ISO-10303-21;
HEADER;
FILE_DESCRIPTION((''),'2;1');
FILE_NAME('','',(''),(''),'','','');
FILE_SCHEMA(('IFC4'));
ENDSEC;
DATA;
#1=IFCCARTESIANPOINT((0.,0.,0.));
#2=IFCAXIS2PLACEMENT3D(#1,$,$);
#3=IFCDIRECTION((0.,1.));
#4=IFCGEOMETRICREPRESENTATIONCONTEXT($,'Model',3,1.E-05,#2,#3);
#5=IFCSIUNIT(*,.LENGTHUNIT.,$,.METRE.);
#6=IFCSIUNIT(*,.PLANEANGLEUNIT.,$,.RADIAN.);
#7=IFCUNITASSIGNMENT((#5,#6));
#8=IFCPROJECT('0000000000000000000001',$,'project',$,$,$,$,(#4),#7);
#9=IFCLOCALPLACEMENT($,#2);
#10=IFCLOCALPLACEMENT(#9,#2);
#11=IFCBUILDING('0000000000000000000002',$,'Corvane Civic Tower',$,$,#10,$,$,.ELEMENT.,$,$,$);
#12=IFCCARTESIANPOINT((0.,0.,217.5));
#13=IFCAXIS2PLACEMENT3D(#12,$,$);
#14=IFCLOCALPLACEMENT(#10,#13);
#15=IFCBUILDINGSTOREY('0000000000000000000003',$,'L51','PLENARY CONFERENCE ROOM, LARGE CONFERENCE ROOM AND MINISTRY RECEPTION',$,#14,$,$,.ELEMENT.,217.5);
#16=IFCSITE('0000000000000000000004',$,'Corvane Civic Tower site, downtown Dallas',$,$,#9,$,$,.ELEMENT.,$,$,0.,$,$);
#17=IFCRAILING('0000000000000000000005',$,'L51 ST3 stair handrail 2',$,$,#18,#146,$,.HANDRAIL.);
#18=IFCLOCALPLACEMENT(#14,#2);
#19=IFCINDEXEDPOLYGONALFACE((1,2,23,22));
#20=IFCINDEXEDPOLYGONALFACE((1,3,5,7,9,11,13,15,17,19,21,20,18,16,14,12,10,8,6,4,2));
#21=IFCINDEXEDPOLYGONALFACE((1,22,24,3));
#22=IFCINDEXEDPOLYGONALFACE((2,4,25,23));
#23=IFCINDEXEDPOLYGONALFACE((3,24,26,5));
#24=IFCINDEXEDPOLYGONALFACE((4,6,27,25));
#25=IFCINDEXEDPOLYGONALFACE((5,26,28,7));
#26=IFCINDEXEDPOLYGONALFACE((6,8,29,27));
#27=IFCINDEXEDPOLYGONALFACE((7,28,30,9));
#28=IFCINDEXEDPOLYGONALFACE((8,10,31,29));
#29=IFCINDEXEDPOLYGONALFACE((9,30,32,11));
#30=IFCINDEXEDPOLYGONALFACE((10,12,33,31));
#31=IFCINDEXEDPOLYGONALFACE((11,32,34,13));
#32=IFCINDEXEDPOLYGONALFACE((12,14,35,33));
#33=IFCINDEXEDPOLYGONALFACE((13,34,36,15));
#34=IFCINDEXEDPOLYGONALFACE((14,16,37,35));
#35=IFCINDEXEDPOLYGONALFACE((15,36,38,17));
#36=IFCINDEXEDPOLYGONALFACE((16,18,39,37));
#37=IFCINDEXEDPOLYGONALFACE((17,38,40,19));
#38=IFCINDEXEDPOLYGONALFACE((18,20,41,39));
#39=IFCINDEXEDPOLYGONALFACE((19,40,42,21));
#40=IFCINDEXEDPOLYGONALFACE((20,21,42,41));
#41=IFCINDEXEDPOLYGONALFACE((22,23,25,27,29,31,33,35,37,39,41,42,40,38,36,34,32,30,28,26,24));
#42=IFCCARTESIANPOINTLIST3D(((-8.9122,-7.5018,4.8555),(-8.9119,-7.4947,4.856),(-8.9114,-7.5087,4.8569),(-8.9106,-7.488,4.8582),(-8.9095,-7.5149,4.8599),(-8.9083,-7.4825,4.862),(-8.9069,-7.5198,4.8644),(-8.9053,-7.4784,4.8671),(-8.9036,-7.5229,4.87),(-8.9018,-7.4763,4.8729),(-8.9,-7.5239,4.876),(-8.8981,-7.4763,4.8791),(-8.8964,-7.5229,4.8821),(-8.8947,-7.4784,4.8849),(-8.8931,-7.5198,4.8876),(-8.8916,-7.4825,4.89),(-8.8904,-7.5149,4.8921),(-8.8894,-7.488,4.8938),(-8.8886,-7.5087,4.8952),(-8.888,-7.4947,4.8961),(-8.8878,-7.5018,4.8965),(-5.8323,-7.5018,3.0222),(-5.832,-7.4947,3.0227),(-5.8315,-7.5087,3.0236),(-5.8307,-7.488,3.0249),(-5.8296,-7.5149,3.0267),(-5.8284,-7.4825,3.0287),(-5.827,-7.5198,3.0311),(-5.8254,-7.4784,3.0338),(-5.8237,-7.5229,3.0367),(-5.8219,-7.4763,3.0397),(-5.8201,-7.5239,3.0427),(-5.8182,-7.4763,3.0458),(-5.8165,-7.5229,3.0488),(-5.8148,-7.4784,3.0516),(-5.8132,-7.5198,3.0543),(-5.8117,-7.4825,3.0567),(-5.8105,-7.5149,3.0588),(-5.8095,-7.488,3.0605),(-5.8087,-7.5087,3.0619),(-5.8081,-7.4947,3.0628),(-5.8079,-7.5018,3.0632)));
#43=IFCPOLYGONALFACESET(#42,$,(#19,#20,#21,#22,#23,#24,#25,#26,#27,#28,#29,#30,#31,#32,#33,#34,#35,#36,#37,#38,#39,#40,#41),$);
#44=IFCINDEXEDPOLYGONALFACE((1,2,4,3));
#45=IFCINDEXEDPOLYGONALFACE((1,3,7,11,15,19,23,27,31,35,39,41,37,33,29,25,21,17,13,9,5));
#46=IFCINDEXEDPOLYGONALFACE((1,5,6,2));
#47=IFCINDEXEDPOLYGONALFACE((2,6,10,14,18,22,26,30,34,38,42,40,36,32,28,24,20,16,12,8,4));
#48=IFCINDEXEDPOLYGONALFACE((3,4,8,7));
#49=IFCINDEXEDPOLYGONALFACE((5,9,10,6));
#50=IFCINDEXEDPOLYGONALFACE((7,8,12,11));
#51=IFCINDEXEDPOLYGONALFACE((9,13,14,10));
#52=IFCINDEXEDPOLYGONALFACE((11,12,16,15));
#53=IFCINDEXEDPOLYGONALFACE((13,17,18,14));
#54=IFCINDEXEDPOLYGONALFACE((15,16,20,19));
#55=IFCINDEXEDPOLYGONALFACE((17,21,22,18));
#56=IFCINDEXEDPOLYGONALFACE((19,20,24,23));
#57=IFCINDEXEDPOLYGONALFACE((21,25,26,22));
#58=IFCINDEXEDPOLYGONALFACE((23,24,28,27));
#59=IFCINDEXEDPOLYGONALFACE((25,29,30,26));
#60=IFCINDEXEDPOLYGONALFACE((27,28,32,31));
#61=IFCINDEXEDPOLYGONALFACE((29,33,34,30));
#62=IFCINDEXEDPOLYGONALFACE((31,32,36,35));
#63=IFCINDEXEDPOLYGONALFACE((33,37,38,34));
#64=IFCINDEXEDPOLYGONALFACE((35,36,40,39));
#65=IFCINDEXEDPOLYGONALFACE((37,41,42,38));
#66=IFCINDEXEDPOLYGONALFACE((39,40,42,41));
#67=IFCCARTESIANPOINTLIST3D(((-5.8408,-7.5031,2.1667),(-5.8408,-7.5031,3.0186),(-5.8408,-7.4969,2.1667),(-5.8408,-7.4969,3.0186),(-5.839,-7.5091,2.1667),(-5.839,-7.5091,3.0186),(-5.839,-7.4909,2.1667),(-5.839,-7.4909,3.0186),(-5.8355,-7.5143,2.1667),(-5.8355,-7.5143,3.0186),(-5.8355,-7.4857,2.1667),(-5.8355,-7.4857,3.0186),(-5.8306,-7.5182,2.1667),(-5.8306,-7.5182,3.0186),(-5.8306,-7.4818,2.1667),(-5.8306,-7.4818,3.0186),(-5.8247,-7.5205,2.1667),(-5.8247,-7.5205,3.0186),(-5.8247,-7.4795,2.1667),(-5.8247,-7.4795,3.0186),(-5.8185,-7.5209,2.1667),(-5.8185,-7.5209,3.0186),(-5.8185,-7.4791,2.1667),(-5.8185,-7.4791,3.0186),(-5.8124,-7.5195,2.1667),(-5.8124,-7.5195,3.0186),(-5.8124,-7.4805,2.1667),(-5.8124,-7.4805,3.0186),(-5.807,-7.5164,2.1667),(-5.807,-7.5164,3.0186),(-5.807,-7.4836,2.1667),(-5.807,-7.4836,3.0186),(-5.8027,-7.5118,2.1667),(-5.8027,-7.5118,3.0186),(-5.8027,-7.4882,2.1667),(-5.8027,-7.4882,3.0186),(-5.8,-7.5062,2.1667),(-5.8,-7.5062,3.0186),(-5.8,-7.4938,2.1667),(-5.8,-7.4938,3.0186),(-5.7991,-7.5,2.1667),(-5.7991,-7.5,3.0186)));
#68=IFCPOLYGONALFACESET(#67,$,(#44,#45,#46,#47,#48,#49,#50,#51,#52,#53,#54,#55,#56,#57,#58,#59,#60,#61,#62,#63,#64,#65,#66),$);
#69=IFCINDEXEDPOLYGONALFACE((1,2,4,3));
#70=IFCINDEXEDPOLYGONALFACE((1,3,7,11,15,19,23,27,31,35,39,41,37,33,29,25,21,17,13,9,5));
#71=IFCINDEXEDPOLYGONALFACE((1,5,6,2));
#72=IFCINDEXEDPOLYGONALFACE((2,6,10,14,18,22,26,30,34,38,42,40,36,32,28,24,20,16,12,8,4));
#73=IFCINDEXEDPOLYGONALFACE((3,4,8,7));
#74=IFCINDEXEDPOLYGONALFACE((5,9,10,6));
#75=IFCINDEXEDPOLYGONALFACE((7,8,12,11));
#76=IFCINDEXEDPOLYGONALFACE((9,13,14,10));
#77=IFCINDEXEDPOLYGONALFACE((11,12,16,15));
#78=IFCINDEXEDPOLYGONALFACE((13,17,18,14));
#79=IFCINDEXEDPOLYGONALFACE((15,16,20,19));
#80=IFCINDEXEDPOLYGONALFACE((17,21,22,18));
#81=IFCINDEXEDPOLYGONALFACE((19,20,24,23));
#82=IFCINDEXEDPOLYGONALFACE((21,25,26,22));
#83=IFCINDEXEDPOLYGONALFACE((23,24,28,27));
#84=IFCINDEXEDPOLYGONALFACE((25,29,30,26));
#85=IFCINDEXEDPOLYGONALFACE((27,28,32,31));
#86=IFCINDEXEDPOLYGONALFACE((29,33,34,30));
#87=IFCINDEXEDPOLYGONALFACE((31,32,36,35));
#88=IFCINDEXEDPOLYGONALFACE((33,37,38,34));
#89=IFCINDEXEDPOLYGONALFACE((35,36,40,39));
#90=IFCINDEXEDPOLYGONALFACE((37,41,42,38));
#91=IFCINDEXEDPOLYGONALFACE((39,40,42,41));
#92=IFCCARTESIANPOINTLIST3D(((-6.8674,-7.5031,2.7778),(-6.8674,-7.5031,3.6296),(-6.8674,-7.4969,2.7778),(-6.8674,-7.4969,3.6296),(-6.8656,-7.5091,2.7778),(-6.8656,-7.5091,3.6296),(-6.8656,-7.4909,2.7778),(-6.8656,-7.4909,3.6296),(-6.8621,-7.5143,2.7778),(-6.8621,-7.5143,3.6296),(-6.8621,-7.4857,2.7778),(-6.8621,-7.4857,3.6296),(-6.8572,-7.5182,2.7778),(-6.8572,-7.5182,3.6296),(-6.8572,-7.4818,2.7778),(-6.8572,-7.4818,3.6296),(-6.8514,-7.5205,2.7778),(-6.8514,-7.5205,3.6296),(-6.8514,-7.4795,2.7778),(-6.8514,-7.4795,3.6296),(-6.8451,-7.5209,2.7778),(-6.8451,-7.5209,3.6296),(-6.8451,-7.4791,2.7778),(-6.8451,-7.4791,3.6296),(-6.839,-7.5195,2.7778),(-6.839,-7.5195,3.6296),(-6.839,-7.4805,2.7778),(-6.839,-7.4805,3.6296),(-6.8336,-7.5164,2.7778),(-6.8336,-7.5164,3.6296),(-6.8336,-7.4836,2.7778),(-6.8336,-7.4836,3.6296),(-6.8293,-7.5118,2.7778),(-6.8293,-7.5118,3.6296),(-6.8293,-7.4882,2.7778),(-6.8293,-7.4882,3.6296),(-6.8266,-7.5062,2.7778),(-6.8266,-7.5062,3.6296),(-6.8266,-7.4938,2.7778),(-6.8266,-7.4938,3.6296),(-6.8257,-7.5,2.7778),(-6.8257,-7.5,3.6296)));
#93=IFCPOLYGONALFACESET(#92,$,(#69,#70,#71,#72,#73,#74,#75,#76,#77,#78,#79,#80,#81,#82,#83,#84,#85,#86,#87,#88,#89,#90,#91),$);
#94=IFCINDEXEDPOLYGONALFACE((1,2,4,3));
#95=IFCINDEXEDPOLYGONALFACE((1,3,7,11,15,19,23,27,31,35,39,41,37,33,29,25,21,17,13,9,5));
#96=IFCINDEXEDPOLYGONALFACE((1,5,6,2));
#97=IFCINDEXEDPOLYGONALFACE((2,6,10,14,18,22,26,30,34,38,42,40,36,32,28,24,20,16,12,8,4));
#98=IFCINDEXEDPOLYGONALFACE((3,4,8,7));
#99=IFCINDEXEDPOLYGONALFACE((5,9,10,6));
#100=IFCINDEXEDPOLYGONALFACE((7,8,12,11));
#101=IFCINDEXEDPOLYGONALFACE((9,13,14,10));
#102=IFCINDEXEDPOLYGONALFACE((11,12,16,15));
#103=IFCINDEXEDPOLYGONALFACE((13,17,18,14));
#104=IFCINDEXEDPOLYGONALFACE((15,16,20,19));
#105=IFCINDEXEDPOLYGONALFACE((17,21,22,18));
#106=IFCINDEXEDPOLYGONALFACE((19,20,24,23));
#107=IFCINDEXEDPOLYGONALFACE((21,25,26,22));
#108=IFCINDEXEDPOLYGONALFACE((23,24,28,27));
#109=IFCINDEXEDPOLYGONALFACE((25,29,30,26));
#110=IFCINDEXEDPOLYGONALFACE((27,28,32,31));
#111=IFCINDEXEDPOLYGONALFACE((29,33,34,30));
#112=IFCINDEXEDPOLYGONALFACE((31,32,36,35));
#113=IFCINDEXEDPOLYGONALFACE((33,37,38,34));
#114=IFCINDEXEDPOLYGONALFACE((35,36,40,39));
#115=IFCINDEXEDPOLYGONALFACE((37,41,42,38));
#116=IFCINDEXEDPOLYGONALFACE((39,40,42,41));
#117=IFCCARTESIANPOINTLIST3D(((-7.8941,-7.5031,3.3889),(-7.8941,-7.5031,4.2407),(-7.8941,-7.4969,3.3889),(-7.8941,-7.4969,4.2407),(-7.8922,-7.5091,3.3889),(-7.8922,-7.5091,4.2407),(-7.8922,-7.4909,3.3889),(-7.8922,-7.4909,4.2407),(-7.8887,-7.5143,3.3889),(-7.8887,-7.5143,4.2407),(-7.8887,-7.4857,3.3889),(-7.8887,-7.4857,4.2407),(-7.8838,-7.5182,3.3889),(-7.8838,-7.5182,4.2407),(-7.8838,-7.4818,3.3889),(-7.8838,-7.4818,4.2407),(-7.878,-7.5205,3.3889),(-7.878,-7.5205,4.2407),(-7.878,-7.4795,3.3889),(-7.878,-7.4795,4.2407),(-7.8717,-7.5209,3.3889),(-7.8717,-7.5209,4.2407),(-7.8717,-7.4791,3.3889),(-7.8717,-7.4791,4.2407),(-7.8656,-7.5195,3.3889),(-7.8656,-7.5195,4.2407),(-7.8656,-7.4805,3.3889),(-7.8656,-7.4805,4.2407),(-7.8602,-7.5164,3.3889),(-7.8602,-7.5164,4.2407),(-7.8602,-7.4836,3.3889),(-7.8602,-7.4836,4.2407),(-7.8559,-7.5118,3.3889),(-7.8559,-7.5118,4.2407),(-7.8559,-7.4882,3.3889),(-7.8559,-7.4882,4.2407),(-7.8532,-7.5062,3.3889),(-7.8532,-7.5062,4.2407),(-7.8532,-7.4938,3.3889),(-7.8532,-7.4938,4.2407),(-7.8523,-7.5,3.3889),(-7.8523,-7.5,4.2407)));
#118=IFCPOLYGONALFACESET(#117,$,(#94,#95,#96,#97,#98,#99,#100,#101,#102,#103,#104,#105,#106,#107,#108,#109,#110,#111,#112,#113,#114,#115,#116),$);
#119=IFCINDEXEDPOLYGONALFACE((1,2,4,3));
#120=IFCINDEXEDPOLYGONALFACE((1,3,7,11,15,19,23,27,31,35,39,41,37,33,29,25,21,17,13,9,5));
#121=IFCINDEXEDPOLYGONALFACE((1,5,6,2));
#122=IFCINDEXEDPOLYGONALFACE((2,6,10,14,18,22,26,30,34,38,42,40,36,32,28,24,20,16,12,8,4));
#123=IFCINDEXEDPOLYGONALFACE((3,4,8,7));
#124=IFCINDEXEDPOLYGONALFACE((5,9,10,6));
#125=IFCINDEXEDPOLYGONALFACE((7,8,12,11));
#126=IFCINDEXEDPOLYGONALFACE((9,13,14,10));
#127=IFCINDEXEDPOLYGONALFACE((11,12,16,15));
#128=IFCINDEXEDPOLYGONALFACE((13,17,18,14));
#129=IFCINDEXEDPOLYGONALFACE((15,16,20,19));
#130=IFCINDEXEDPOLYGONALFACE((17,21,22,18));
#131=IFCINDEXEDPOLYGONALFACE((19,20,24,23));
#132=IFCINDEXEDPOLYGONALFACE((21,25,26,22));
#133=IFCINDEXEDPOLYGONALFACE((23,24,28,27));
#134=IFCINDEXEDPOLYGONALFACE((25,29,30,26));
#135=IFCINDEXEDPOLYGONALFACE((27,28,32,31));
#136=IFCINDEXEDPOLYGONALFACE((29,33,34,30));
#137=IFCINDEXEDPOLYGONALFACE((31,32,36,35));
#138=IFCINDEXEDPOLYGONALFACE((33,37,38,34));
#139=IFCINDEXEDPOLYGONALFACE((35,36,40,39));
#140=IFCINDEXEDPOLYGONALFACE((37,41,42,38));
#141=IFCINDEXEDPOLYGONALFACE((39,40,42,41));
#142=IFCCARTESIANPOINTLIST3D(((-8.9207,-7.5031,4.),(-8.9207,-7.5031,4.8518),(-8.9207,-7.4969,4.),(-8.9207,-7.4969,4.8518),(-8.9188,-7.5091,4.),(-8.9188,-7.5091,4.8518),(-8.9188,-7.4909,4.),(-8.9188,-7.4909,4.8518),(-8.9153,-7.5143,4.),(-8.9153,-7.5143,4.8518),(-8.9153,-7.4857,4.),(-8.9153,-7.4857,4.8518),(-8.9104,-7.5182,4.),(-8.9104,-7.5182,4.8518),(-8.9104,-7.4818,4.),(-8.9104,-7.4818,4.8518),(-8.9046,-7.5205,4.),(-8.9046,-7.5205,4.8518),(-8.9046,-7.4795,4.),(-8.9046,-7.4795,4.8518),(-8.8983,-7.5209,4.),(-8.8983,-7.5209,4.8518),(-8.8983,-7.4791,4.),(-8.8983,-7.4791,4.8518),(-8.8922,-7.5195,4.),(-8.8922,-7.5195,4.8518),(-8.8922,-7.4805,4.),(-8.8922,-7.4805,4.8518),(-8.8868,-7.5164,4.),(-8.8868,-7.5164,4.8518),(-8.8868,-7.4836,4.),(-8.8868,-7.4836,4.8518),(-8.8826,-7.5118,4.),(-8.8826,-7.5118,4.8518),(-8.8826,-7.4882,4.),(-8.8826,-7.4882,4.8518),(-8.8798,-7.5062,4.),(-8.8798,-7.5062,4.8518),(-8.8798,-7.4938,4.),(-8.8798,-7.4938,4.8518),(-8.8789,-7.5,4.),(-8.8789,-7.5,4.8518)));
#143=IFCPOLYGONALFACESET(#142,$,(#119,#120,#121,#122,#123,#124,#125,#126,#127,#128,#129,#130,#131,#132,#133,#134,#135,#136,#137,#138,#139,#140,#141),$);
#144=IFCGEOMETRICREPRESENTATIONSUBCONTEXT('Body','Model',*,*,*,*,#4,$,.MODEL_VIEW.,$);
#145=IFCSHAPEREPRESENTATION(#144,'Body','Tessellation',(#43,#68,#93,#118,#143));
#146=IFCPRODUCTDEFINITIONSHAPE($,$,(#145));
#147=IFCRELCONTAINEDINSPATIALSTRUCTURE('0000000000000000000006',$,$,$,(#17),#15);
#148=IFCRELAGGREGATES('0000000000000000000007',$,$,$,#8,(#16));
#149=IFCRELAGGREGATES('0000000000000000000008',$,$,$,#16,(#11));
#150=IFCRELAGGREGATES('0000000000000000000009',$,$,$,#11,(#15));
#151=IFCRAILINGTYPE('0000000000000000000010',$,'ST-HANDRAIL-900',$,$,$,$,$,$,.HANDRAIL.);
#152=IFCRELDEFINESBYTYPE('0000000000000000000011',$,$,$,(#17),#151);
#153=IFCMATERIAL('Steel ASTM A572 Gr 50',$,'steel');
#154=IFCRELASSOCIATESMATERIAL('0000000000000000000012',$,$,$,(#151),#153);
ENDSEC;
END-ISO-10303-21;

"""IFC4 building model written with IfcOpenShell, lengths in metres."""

from ifc_helpers import new_model, si_unit, direction, frame, origin, origin_2d, place, context, subcontext, project, spatial, circle, extrude, material, type_object, element, save


model = new_model("IFC4")

# Units and contexts
model_context = context("Model", 3, precision=1e-05, world=origin(), true_north=direction((0.0, 1.0)))
body_context = subcontext(model_context, "Body", "Model", "MODEL_VIEW")
ifc_project = project(units=[si_unit("LENGTHUNIT", "METRE"), si_unit("PLANEANGLEUNIT", "RADIAN")], contexts=[model_context])

# Site, building, storey
site_placement = place(None, origin())
site = spatial("IfcSite", under=ifc_project, at=site_placement, Name="Corvane Civic Tower site, downtown Dallas", CompositionType="ELEMENT", RefElevation=0.0)
building_placement = place(site_placement, origin())
building = spatial("IfcBuilding", under=site, at=building_placement, Name="Corvane Civic Tower", CompositionType="ELEMENT")
storey_placement = place(building_placement, frame((0.0, 0.0, 217.5)))
storey = spatial("IfcBuildingStorey", under=building, at=storey_placement, Name="L51", Description="PLENARY CONFERENCE ROOM, LARGE CONFERENCE ROOM AND MINISTRY RECEPTION", CompositionType="ELEMENT", Elevation=217.5)

# Railing
ifc_material_1 = material(Name="Steel ASTM A572 Gr 50", Category="steel")
railing_type_1 = type_object("IfcRailingType", Name="ST-HANDRAIL-900", PredefinedType="HANDRAIL", material=ifc_material_1)
railing_1_placement = place(storey_placement, frame((-5.8201, -7.5, 2.1667)))
element("IfcRailing", 1, at=railing_1_placement, inside=storey, type_object=railing_type_1, Name="L51 ST3 stair handrail 2", PredefinedType="HANDRAIL", context=body_context, shape_type="SweptSolid", body=[
    extrude(circle(Radius=0.0239, at=origin_2d()), frame((0.0, 0.0, 0.876), z_axis=(-0.859291, 0.0, 0.511487), x_axis=(0.0, -1.0, 0.0)), (0.0, 0.0, 1.0), 3.5842),
    extrude(circle(Radius=0.021, at=origin_2d()), origin(), (0.0, 0.0, 1.0), 0.8518),
    extrude(circle(Radius=0.021, at=origin_2d()), frame((-1.0266, 0.0, 0.6111)), (0.0, 0.0, 1.0), 0.8518),
    extrude(circle(Radius=0.021, at=origin_2d()), frame((-2.0532, 0.0, 1.2222)), (0.0, 0.0, 1.0), 0.8518),
    extrude(circle(Radius=0.021, at=origin_2d()), frame((-3.0798, 0.0, 1.8333)), (0.0, 0.0, 1.0), 0.8518),
])

save(model, "model.ifc")
